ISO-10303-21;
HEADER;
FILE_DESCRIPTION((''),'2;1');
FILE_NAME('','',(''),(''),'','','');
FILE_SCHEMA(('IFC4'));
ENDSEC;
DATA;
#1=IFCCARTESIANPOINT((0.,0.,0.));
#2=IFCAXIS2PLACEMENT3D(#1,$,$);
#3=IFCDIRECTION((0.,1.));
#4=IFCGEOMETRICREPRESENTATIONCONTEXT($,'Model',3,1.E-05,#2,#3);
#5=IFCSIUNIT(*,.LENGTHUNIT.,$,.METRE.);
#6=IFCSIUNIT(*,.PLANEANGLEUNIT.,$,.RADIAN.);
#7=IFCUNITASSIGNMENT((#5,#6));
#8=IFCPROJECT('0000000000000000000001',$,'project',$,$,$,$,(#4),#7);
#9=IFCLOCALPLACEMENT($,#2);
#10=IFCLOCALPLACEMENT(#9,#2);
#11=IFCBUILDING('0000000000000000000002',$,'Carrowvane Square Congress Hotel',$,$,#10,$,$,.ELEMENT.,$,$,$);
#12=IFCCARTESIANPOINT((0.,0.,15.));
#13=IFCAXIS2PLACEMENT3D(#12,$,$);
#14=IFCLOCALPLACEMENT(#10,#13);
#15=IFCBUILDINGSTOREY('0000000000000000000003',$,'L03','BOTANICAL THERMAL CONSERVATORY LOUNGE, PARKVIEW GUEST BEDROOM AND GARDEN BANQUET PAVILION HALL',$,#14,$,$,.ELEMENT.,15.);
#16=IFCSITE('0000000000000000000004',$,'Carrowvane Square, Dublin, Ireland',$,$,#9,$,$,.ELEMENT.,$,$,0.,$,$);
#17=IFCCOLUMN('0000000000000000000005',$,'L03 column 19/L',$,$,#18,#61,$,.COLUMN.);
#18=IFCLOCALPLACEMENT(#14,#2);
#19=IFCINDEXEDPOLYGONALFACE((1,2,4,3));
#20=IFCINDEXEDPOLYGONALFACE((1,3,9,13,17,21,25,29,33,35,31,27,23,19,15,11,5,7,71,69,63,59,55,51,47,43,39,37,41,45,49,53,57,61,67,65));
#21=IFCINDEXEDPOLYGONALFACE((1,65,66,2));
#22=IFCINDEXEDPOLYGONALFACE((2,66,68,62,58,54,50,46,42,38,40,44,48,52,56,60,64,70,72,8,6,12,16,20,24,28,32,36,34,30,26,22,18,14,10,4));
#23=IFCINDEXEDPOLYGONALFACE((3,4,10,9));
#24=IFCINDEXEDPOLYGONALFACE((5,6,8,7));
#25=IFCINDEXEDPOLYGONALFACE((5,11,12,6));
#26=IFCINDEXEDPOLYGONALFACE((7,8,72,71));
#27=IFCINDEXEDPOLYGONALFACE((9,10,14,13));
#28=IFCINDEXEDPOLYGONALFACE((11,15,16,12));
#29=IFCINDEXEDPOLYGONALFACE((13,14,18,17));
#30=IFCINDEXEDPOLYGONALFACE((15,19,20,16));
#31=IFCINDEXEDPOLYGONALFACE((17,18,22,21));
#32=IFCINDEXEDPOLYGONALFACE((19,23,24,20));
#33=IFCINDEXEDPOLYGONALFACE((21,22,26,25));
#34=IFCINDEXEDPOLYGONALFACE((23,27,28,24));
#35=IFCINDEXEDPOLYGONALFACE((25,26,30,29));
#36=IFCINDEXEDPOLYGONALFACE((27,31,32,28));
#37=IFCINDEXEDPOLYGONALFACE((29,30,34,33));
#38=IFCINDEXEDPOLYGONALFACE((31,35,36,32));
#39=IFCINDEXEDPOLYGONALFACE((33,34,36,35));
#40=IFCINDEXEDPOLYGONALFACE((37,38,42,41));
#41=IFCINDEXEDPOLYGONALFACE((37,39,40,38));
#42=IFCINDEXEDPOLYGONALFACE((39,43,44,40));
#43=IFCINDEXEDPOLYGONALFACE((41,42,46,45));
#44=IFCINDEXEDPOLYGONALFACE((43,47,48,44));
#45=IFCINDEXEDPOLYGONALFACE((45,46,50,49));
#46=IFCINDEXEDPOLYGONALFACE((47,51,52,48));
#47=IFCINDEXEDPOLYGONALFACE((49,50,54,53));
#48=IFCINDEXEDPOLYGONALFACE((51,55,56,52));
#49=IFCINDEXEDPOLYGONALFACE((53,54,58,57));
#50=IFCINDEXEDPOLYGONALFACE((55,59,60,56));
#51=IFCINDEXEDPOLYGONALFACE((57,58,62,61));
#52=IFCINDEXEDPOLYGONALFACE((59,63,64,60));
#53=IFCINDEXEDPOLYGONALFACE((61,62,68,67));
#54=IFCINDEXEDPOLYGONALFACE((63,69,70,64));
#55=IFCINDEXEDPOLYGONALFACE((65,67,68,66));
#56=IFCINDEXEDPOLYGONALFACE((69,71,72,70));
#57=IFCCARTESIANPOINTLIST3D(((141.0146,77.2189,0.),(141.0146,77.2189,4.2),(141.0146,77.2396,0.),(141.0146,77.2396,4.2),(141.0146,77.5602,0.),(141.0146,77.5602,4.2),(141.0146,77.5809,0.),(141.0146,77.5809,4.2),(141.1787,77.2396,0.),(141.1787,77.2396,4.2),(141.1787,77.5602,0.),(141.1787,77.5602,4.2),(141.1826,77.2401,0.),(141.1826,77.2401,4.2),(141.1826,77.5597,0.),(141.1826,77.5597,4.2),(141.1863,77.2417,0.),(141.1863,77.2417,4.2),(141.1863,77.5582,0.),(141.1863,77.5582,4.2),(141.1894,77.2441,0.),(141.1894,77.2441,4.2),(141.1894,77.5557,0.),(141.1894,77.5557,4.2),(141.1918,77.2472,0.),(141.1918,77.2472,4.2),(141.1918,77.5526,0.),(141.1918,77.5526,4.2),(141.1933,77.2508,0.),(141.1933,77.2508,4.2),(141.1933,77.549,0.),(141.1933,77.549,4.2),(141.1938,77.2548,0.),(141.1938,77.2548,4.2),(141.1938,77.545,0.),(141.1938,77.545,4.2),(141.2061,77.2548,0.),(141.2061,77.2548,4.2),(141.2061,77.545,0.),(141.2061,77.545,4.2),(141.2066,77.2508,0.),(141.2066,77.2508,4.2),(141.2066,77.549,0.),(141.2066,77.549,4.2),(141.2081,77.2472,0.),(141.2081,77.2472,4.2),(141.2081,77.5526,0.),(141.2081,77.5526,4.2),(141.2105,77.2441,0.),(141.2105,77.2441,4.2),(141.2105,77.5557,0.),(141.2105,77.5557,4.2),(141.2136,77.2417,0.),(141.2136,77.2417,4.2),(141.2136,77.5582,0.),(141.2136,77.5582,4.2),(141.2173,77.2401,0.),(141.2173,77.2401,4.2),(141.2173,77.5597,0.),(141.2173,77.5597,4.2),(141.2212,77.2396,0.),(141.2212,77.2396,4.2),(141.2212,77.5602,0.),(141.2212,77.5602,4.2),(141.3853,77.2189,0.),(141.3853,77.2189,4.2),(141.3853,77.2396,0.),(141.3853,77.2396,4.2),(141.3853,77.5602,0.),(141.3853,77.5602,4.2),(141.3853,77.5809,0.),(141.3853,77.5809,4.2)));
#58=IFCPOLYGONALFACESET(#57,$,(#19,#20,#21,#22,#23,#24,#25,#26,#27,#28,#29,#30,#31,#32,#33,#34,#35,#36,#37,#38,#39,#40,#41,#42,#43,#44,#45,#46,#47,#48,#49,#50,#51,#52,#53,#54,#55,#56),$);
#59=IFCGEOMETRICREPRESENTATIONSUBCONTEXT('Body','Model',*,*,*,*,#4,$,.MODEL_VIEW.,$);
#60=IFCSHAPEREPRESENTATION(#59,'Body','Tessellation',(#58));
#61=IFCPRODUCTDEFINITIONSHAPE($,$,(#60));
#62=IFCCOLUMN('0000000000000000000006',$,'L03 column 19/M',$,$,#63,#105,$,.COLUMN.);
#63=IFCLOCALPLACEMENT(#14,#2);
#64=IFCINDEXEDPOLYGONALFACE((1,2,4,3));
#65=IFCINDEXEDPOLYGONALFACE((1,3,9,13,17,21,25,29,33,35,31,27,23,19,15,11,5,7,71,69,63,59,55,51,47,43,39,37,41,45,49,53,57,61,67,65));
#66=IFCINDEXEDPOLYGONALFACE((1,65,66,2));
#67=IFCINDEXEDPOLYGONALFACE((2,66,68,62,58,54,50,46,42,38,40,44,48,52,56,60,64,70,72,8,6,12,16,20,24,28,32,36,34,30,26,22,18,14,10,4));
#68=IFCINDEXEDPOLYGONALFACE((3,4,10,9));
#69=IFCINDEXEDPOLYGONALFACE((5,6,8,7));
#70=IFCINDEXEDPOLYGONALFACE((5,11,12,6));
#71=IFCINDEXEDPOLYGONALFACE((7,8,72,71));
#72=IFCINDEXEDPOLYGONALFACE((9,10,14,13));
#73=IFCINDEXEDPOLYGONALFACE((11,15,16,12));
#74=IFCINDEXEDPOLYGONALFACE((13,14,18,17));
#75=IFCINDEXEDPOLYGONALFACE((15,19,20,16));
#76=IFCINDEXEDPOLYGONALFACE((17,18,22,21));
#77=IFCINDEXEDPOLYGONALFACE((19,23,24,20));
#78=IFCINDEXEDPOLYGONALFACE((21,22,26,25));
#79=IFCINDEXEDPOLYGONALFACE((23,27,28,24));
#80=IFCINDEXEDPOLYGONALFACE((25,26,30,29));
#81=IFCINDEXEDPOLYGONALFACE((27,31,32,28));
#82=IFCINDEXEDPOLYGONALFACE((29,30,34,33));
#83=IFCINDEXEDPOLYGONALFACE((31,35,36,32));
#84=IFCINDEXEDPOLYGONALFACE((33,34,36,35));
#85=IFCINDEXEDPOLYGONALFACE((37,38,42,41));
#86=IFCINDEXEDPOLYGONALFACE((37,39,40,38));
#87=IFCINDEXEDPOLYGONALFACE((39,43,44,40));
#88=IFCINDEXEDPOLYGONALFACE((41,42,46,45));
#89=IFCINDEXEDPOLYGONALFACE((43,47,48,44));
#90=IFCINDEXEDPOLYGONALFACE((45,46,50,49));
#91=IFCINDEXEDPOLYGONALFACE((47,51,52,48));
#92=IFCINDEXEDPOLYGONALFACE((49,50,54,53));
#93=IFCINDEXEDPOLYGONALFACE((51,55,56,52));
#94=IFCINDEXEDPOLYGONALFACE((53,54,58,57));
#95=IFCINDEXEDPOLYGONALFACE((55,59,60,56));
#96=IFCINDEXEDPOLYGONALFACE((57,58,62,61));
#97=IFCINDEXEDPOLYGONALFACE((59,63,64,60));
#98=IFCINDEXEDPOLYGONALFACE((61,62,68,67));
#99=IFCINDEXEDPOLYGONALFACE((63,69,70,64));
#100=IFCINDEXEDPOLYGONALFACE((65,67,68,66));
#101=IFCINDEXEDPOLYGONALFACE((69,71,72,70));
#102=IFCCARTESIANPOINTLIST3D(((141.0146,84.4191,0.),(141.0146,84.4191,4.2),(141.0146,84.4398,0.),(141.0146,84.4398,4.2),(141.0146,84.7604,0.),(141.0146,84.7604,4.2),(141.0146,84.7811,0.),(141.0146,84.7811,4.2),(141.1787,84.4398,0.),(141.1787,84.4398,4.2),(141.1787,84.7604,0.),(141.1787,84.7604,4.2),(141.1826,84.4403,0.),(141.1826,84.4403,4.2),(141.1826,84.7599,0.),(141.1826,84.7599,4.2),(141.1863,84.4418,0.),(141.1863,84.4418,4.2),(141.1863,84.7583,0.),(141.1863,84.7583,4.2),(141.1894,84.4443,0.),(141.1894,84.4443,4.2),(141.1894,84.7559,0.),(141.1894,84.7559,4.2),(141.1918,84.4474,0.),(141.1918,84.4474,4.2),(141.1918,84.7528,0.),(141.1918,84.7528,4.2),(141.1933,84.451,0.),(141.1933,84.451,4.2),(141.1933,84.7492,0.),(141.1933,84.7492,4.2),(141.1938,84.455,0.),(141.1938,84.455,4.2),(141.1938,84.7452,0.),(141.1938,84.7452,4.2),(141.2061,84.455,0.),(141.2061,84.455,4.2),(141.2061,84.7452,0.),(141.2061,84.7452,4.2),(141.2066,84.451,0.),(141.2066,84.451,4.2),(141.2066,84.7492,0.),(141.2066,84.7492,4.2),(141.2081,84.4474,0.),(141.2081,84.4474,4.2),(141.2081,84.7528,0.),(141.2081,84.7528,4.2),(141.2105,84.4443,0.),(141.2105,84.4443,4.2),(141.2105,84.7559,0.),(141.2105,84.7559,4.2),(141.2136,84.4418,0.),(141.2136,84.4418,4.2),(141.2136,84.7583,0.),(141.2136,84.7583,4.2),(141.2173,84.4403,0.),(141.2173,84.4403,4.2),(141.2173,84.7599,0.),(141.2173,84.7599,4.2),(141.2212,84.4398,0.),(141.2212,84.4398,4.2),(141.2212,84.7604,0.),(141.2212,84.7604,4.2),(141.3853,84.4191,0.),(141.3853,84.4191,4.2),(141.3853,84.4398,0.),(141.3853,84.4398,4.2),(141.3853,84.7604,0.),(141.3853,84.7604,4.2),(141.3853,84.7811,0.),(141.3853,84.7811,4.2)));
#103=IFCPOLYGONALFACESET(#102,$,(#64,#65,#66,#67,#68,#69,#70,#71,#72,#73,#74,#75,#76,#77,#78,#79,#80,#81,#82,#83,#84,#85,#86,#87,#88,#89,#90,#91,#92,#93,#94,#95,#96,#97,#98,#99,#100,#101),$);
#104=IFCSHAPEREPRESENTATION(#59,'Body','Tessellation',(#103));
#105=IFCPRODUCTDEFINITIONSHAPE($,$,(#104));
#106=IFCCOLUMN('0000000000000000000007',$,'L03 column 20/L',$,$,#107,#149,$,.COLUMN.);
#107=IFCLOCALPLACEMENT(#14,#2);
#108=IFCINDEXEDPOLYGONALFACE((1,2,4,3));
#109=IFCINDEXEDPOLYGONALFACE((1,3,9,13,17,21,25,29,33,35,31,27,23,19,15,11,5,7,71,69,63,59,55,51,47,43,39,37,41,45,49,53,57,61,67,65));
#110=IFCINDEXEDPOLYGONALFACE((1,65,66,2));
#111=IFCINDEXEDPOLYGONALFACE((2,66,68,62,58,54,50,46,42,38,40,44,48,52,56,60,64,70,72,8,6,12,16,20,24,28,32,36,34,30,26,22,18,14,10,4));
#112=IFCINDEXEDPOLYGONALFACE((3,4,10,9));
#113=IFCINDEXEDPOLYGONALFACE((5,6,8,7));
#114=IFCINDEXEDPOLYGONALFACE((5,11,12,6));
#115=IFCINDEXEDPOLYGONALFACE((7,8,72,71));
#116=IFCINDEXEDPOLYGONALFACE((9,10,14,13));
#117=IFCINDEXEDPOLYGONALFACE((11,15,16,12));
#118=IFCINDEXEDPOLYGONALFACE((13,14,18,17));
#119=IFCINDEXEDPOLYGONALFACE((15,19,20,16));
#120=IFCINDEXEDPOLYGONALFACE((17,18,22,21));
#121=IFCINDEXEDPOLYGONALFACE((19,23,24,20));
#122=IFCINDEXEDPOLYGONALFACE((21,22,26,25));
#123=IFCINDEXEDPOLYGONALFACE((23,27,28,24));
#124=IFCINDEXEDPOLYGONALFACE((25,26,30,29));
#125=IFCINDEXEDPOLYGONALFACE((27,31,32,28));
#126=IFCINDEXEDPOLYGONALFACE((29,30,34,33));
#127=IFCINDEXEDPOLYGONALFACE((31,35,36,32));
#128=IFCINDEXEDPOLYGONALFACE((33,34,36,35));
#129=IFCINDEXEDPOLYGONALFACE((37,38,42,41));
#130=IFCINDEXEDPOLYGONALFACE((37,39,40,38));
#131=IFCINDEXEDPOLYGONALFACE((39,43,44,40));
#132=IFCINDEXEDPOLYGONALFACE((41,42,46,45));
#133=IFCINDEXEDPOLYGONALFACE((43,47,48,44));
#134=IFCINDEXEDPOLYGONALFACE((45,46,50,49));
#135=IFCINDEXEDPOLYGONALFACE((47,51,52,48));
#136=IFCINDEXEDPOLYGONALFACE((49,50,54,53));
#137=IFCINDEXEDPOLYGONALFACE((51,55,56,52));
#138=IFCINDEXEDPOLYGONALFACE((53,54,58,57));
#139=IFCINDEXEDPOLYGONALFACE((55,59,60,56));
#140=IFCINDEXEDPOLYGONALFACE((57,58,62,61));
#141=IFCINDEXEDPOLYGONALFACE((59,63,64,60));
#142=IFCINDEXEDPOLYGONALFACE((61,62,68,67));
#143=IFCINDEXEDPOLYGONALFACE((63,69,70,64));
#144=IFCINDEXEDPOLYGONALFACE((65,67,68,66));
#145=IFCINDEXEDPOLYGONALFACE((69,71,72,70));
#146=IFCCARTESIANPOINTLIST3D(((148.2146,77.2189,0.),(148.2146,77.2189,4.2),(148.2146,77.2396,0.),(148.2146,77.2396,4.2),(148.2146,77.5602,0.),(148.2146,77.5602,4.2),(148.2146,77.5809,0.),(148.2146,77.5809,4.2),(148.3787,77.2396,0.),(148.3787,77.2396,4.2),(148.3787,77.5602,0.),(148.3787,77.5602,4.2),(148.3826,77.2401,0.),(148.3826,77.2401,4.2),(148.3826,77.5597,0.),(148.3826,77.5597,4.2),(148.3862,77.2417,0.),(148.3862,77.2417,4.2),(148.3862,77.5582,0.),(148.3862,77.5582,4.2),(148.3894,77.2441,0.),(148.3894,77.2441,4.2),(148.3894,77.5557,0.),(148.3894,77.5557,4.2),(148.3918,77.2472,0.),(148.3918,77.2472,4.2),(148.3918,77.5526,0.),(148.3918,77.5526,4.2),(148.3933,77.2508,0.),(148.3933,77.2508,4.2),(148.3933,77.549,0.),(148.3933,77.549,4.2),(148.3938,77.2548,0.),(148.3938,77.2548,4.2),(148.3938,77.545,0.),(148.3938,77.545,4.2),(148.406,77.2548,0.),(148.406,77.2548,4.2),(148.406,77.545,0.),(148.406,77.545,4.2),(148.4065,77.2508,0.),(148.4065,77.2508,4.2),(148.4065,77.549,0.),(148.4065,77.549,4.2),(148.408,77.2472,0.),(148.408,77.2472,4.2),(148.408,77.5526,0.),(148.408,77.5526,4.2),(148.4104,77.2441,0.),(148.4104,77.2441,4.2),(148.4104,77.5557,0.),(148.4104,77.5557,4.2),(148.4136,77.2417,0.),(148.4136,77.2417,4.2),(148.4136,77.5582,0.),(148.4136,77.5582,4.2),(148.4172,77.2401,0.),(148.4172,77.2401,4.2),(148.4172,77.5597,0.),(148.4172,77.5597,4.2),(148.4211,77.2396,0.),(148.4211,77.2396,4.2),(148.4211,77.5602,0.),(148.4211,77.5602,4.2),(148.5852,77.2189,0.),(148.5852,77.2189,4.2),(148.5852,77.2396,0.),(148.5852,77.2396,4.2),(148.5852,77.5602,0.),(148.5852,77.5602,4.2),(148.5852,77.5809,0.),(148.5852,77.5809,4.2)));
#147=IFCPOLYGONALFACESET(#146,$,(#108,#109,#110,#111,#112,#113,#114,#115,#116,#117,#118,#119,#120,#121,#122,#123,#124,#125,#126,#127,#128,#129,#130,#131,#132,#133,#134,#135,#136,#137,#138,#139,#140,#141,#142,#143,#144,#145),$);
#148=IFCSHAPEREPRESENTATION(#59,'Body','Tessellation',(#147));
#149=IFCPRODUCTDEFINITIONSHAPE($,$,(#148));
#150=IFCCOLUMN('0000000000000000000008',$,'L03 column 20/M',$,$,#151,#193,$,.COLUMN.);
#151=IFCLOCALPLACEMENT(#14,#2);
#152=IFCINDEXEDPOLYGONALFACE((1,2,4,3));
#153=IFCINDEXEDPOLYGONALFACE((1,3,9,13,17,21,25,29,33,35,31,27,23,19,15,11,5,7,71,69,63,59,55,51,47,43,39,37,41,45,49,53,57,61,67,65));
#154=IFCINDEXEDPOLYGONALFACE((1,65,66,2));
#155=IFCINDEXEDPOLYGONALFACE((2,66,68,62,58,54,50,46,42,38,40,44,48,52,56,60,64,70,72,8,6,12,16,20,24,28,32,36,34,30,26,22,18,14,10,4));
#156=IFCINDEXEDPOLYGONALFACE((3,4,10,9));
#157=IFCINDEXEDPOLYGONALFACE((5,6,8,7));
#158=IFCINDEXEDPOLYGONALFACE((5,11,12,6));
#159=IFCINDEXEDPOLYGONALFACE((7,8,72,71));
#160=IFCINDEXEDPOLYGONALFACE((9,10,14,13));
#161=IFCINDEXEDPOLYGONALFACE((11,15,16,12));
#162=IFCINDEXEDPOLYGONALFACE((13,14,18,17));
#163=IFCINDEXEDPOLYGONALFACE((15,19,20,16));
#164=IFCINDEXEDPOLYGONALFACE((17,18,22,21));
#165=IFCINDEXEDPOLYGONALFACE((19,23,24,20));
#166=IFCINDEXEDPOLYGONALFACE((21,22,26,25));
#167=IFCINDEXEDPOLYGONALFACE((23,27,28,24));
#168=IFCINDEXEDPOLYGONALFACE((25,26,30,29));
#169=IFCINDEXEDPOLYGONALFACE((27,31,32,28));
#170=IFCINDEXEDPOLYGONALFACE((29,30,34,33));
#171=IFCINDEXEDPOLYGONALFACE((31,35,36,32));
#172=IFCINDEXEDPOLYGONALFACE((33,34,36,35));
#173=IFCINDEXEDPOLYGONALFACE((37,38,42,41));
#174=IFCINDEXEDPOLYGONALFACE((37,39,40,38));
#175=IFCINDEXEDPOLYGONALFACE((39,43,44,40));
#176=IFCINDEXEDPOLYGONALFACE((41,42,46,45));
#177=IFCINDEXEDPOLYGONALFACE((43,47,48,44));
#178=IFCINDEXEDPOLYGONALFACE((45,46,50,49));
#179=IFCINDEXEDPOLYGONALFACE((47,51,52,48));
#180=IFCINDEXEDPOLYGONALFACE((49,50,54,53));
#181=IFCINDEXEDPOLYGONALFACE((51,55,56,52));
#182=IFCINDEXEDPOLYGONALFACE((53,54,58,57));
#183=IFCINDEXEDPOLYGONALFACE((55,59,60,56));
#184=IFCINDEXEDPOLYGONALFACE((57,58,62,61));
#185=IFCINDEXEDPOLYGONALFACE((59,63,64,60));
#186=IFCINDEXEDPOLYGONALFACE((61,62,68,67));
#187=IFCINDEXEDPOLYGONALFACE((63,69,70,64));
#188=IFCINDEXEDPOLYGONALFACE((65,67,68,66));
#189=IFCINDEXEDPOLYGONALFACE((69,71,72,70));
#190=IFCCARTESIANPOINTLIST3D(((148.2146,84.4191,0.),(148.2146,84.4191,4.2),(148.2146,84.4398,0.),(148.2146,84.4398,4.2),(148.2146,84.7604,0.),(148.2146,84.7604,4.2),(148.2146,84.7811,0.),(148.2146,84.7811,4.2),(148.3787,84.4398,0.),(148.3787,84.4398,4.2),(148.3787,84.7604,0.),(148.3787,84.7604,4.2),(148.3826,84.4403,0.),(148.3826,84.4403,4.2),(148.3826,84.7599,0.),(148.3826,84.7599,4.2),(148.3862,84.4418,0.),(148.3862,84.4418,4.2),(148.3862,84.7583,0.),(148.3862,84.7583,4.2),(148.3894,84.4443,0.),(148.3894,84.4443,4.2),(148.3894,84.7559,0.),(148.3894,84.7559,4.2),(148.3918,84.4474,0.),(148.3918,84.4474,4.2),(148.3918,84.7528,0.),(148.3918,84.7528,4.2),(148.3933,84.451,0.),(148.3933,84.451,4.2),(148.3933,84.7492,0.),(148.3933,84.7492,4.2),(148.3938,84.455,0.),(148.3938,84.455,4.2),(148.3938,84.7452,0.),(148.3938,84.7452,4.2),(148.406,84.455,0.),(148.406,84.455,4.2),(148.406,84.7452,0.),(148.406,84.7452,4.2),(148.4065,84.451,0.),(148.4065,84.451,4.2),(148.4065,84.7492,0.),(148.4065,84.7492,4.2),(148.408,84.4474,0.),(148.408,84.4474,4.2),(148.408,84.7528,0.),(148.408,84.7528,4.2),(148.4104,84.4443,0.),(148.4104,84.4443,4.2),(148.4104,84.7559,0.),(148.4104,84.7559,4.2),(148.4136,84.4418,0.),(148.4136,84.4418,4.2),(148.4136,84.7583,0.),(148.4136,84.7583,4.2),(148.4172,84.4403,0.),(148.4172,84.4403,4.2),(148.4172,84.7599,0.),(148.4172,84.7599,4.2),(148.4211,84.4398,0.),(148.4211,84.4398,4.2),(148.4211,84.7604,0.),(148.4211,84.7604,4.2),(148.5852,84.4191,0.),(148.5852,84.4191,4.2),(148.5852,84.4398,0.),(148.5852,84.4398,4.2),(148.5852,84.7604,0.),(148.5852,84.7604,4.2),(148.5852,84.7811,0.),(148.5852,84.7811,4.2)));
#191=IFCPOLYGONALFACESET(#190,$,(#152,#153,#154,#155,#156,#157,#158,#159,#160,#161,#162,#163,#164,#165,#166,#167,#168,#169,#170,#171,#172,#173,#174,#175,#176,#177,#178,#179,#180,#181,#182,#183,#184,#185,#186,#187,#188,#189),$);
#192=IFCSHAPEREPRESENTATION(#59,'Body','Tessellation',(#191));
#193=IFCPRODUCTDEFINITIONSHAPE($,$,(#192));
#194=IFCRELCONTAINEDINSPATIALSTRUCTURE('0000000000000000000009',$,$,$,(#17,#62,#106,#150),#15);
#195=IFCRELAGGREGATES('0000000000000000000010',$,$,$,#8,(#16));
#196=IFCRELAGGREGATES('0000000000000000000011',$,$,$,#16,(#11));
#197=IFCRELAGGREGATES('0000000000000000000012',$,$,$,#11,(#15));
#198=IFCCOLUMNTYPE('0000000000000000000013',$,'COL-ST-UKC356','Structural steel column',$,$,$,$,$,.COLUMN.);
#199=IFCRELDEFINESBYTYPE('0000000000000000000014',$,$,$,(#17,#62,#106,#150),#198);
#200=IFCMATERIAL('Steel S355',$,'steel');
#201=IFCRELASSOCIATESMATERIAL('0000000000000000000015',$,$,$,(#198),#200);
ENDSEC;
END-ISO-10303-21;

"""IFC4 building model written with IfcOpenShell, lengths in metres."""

from ifc_helpers import new_model, si_unit, direction, frame, origin, origin_2d, place, context, subcontext, project, spatial, i_section, extrude, material, material_profile, profile_set, type_object, element, save


model = new_model("IFC4")

# Units and contexts
model_context = context("Model", 3, precision=1e-05, world=origin(), true_north=direction((0.0, 1.0)))
body_context = subcontext(model_context, "Body", "Model", "MODEL_VIEW")
ifc_project = project(units=[si_unit("LENGTHUNIT", "METRE"), si_unit("PLANEANGLEUNIT", "RADIAN")], contexts=[model_context])

# Site, building, storey
site_placement = place(None, origin())
site = spatial("IfcSite", under=ifc_project, at=site_placement, Name="Carrowvane Square, Dublin, Ireland", CompositionType="ELEMENT", RefElevation=0.0)
building_placement = place(site_placement, origin())
building = spatial("IfcBuilding", under=site, at=building_placement, Name="Carrowvane Square Congress Hotel", CompositionType="ELEMENT")
storey_placement = place(building_placement, frame((0.0, 0.0, 15.0)))
storey = spatial("IfcBuildingStorey", under=building, at=storey_placement, Name="L03", Description="BOTANICAL THERMAL CONSERVATORY LOUNGE, PARKVIEW GUEST BEDROOM AND GARDEN BANQUET PAVILION HALL", CompositionType="ELEMENT", Elevation=15.0)

# Columns
ifc_material_1 = material(Name="Steel S355", Category="steel")
ifc_material_profile_1 = material_profile(ifc_material_1, i_section(OverallWidth=0.3706, OverallDepth=0.3621, WebThickness=0.0122, FlangeThickness=0.0208, FilletRadius=0.0151, at=origin_2d()), Name="UKC 356x368x153")
ifc_profile_set_1 = profile_set([ifc_material_profile_1], Name="Steel S355")
column_type = type_object("IfcColumnType", Name="COL-ST-UKC356", Description="Structural steel column", PredefinedType="COLUMN", material=ifc_profile_set_1)
for number, where, z_axis, x_axis, name in (
    (1, (141.2, 77.3999, 0.0), (0.0, 0.0, 1.0), (1.0, 0.0, 0.0), "L03 column 19/L"),
    (2, (141.2, 84.6001, 0.0), (0.0, 0.0, 1.0), (1.0, 0.0, 0.0), "L03 column 19/M"),
    (3, (148.3999, 77.3999, 0.0), (0.0, 0.0, 1.0), (1.0, 0.0, 0.0), "L03 column 20/L"),
    (4, (148.3999, 84.6001, 0.0), (0.0, 0.0, 1.0), (1.0, 0.0, 0.0), "L03 column 20/M"),
):
    element("IfcColumn", number, at=place(storey_placement, frame(where, z_axis=z_axis, x_axis=x_axis)), inside=storey, type_object=column_type, Name=name, PredefinedType="COLUMN", context=body_context, shape_type="SweptSolid", body=[
        extrude(i_section(OverallWidth=0.3706, OverallDepth=0.3621, WebThickness=0.0122, FlangeThickness=0.0208, FilletRadius=0.0151, at=origin_2d()), origin(), (0.0, 0.0, 1.0), 4.2),
    ])

save(model, "model.ifc")
